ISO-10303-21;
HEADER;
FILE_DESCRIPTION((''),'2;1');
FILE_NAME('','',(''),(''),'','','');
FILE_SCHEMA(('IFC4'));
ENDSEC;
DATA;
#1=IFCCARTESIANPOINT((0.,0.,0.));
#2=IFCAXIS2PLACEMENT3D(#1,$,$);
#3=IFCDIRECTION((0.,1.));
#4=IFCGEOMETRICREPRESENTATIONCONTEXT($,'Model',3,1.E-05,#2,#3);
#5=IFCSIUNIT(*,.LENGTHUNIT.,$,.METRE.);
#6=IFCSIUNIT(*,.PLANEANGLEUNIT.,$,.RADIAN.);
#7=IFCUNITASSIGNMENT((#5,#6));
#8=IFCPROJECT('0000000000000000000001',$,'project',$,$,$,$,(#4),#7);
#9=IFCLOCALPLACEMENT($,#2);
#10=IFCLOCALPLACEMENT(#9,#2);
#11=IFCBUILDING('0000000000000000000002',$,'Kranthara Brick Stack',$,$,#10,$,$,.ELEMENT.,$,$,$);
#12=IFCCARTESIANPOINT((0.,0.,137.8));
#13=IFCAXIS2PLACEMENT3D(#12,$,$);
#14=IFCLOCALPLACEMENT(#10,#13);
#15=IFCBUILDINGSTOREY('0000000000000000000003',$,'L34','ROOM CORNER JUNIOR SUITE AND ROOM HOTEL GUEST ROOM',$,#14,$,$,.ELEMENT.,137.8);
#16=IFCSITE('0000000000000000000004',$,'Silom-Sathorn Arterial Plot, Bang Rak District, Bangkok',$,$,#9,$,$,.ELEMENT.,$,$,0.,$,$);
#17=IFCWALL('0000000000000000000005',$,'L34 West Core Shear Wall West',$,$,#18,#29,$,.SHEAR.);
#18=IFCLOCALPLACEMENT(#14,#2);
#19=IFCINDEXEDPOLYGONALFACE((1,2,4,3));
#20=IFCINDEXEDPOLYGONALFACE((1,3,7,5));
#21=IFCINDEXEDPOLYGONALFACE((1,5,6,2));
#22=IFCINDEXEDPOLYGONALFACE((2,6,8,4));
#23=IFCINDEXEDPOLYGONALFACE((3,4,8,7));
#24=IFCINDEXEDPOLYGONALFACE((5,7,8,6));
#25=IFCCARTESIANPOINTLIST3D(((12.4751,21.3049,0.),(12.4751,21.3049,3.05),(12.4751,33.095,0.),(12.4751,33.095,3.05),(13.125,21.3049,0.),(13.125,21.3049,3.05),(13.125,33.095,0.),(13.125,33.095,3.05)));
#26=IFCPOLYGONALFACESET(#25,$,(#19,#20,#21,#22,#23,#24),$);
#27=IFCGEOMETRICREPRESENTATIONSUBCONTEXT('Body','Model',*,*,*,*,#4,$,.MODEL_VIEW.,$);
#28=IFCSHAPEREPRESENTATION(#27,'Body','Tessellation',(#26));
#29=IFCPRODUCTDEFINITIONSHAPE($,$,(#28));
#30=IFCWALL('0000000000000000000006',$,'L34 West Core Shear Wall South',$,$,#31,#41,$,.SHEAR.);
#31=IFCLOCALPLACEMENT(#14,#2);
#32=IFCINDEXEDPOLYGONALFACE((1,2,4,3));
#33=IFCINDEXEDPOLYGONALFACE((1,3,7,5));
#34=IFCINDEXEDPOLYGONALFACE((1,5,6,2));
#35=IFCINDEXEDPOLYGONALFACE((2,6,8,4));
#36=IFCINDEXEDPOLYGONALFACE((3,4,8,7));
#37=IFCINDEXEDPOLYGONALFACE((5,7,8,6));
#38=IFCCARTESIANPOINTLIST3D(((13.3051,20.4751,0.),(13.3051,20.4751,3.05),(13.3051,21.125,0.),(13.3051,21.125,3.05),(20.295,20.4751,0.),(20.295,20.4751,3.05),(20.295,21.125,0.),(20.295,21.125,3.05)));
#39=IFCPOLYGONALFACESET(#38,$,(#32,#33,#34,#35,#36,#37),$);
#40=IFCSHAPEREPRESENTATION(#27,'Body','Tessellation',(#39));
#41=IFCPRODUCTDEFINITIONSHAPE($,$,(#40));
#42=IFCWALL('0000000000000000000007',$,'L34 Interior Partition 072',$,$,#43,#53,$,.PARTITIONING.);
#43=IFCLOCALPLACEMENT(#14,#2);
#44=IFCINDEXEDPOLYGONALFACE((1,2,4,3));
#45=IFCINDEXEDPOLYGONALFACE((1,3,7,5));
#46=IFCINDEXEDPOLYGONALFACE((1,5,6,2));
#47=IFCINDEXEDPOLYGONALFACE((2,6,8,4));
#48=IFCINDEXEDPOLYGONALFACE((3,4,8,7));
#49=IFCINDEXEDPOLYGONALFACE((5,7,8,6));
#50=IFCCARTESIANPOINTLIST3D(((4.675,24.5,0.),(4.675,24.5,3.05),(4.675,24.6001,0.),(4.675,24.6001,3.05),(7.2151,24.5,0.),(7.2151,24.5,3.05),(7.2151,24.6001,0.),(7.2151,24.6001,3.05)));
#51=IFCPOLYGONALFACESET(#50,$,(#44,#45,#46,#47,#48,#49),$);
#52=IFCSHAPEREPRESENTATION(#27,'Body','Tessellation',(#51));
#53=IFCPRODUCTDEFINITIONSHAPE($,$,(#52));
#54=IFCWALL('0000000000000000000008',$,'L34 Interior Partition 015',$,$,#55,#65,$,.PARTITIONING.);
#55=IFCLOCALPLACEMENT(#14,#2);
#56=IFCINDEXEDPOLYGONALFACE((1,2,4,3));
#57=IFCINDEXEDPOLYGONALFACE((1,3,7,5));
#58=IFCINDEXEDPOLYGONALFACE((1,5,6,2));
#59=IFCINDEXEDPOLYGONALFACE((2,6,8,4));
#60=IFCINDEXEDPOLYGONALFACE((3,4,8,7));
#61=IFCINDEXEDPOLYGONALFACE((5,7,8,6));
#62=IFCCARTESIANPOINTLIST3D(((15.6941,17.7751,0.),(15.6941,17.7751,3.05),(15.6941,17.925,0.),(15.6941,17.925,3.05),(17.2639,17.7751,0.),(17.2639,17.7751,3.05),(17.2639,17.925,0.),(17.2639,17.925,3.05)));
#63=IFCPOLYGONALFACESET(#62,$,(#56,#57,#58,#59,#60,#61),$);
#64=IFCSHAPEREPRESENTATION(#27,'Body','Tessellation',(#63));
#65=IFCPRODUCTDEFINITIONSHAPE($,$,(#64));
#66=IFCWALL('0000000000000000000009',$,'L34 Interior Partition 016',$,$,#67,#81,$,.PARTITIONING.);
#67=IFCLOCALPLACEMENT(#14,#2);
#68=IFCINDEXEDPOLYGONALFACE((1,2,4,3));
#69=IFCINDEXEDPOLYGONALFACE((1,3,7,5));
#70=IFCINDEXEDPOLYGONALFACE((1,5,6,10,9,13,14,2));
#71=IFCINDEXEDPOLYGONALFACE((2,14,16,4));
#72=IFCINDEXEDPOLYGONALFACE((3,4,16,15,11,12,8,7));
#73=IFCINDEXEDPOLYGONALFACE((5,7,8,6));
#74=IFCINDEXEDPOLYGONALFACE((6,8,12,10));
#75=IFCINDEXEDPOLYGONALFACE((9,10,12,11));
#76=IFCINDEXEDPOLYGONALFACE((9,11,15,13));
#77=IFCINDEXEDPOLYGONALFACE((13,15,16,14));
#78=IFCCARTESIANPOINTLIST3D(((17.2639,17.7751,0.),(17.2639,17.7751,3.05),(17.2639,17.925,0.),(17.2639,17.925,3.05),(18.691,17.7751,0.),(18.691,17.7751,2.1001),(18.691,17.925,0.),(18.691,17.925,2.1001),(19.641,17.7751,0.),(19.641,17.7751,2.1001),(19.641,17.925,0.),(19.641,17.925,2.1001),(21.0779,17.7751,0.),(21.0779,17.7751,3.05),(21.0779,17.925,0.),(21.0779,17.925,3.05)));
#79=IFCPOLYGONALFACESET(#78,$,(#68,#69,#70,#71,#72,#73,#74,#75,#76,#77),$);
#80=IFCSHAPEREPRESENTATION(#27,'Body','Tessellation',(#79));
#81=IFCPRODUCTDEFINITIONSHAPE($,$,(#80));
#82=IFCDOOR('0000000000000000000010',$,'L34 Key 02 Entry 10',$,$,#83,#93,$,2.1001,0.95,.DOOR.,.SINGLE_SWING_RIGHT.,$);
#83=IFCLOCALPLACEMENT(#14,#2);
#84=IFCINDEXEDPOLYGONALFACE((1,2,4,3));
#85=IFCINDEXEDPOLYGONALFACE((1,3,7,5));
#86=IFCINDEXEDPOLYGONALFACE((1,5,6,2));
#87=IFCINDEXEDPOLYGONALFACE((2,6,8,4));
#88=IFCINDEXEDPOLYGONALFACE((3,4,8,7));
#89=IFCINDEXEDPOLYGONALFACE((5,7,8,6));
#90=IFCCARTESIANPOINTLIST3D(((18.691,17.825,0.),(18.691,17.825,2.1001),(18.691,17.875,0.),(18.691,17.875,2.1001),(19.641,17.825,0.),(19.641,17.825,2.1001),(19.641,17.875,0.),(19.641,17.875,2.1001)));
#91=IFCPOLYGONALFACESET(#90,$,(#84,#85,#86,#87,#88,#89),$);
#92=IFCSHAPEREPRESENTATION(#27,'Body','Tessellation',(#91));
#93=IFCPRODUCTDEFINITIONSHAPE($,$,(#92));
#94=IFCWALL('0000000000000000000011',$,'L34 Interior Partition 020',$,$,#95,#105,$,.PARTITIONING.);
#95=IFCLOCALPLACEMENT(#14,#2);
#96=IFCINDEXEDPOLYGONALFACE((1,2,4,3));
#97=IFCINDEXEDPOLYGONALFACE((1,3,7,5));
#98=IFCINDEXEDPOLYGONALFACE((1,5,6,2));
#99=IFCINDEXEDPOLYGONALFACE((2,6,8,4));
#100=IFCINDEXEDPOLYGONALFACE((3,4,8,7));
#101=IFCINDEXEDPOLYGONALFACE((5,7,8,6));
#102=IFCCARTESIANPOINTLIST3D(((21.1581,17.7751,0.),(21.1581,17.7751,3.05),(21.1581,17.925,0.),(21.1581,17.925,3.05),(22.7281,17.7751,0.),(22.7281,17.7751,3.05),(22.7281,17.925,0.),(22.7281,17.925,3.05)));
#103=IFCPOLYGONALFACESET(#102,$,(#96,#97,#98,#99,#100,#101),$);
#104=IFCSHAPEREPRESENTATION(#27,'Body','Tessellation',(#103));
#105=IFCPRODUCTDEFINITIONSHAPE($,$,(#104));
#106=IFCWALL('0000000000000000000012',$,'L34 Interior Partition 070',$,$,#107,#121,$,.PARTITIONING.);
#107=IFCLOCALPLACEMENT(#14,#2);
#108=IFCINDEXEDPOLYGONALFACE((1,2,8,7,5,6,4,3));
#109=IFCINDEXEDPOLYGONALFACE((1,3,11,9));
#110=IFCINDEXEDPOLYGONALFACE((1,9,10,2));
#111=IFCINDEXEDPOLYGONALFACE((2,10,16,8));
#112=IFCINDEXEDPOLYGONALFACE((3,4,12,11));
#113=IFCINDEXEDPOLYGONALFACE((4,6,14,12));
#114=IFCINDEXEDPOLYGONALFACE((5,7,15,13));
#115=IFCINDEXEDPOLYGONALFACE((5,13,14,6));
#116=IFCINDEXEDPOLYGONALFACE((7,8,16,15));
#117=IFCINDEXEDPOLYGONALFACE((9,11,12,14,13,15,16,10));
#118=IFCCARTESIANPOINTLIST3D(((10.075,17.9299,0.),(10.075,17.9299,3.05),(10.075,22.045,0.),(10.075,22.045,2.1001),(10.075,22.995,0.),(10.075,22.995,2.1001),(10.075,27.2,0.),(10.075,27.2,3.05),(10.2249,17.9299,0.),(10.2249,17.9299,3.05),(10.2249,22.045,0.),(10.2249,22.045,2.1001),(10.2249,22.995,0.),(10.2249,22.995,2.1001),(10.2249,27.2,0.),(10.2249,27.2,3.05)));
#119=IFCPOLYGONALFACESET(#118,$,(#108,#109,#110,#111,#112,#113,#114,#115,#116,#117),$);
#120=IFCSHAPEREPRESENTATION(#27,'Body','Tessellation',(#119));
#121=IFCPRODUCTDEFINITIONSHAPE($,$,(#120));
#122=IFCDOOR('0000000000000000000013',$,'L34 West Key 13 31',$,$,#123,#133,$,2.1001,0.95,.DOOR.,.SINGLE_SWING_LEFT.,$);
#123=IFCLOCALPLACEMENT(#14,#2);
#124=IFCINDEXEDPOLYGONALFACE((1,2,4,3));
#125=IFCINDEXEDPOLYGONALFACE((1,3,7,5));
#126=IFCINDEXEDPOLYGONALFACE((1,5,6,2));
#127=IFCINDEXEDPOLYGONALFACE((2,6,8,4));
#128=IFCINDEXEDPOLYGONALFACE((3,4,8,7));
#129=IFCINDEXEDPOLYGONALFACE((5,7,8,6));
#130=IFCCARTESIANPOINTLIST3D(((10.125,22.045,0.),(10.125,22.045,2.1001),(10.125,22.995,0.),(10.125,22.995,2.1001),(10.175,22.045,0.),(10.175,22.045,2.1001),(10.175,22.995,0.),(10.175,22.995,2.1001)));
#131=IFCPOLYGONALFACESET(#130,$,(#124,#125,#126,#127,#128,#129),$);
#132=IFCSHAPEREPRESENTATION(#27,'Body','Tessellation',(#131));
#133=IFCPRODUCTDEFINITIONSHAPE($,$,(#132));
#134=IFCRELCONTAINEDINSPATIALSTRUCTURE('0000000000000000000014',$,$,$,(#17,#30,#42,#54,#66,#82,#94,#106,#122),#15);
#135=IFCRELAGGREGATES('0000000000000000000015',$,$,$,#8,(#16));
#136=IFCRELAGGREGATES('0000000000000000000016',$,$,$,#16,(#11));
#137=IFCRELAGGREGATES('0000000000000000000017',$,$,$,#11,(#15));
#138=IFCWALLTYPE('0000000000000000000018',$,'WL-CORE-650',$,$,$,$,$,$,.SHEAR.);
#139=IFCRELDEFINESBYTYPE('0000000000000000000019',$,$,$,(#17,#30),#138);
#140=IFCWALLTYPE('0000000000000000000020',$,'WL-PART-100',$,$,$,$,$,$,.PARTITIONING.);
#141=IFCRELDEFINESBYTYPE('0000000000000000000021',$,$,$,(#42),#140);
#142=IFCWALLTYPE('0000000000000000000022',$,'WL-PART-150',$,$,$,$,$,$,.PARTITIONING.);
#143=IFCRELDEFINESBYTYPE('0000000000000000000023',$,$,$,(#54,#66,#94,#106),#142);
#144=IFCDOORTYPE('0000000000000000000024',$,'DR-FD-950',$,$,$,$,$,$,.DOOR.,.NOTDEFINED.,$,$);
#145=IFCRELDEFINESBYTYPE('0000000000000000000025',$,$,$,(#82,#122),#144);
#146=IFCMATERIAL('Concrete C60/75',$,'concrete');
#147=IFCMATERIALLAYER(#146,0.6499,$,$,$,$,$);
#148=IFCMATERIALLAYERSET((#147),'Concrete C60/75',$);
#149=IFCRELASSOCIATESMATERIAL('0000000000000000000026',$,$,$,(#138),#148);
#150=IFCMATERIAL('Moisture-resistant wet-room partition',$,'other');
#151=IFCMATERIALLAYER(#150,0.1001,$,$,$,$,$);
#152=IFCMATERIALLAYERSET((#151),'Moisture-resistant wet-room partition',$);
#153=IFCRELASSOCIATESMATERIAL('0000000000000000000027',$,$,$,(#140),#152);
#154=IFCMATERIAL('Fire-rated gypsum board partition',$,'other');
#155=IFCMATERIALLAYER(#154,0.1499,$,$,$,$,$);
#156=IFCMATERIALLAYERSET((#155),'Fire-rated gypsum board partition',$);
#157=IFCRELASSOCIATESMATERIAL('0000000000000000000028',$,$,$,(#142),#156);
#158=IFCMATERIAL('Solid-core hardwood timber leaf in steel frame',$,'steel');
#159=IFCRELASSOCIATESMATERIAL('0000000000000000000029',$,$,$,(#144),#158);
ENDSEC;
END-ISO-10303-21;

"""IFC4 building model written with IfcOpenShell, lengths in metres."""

from ifc_helpers import new_model, si_unit, direction, frame, frame_2d, origin, place, context, subcontext, project, spatial, rectangle, extrude, material, layer, layer_set, type_object, element, fill, save


model = new_model("IFC4")

# Units and contexts
model_context = context("Model", 3, precision=1e-05, world=origin(), true_north=direction((0.0, 1.0)))
body_context = subcontext(model_context, "Body", "Model", "MODEL_VIEW")
ifc_project = project(units=[si_unit("LENGTHUNIT", "METRE"), si_unit("PLANEANGLEUNIT", "RADIAN")], contexts=[model_context])

# Site, building, storey
site_placement = place(None, origin())
site = spatial("IfcSite", under=ifc_project, at=site_placement, Name="Silom-Sathorn Arterial Plot, Bang Rak District, Bangkok", CompositionType="ELEMENT", RefElevation=0.0)
building_placement = place(site_placement, origin())
building = spatial("IfcBuilding", under=site, at=building_placement, Name="Kranthara Brick Stack", CompositionType="ELEMENT")
storey_placement = place(building_placement, frame((0.0, 0.0, 137.8)))
storey = spatial("IfcBuildingStorey", under=building, at=storey_placement, Name="L34", Description="ROOM CORNER JUNIOR SUITE AND ROOM HOTEL GUEST ROOM", CompositionType="ELEMENT", Elevation=137.8)

# Walls
ifc_material_1 = material(Name="Concrete C60/75", Category="concrete")
ifc_layer_1 = layer(ifc_material_1, 0.6499)
ifc_layer_set_1 = layer_set([ifc_layer_1], Name="Concrete C60/75")
wall_type_1 = type_object("IfcWallType", Name="WL-CORE-650", PredefinedType="SHEAR", material=ifc_layer_set_1)
wall_1_placement = place(storey_placement, frame((12.8, 21.3049, 0.0), z_axis=(0.0, 0.0, 1.0), x_axis=(0.0, 1.0, 0.0)))
element("IfcWall", 1, at=wall_1_placement, inside=storey, type_object=wall_type_1, Name="L34 West Core Shear Wall West", PredefinedType="SHEAR", context=body_context, shape_type="SweptSolid", body=[
    extrude(rectangle(XDim=11.79, YDim=0.6499, at=frame_2d((5.895, 0.0))), origin(), (0.0, 0.0, 1.0), 3.05),
])
wall_2_placement = place(storey_placement, frame((13.3049, 20.8, 0.0), z_axis=(0.0, 0.0, 1.0), x_axis=(1.0, 0.0, 0.0)))
element("IfcWall", 2, at=wall_2_placement, inside=storey, type_object=wall_type_1, Name="L34 West Core Shear Wall South", PredefinedType="SHEAR", context=body_context, shape_type="SweptSolid", body=[
    extrude(rectangle(XDim=6.99, YDim=0.6499, at=frame_2d((3.4951, 0.0))), origin(), (0.0, 0.0, 1.0), 3.05),
])

# Walls
ifc_material_2 = material(Name="Moisture-resistant wet-room partition", Category="other")
ifc_layer_2 = layer(ifc_material_2, 0.1001)
ifc_layer_set_2 = layer_set([ifc_layer_2], Name="Moisture-resistant wet-room partition")
wall_type_2 = type_object("IfcWallType", Name="WL-PART-100", PredefinedType="PARTITIONING", material=ifc_layer_set_2)
wall_3_placement = place(storey_placement, frame((4.675, 24.55, 0.0), z_axis=(0.0, 0.0, 1.0), x_axis=(1.0, 0.0, 0.0)))
element("IfcWall", 3, at=wall_3_placement, inside=storey, type_object=wall_type_2, Name="L34 Interior Partition 072", PredefinedType="PARTITIONING", context=body_context, shape_type="SweptSolid", body=[
    extrude(rectangle(XDim=2.54, YDim=0.1001, at=frame_2d((1.27, 0.0))), origin(), (0.0, 0.0, 1.0), 3.05),
])
ifc_material_3 = material(Name="Fire-rated gypsum board partition", Category="other")
ifc_layer_3 = layer(ifc_material_3, 0.1499)
ifc_layer_set_3 = layer_set([ifc_layer_3], Name="Fire-rated gypsum board partition")
wall_type_3 = type_object("IfcWallType", Name="WL-PART-150", PredefinedType="PARTITIONING", material=ifc_layer_set_3)
wall_4_placement = place(storey_placement, frame((15.6941, 17.8501, 0.0), z_axis=(0.0, 0.0, 1.0), x_axis=(1.0, 0.0, 0.0)))
element("IfcWall", 4, at=wall_4_placement, inside=storey, type_object=wall_type_3, Name="L34 Interior Partition 015", PredefinedType="PARTITIONING", context=body_context, shape_type="SweptSolid", body=[
    extrude(rectangle(XDim=1.5698, YDim=0.1499, at=frame_2d((0.7849, 0.0))), origin(), (0.0, 0.0, 1.0), 3.05),
])

# Wall, opening, door
wall_5_placement = place(storey_placement, frame((17.2639, 17.8501, 0.0), z_axis=(0.0, 0.0, 1.0), x_axis=(1.0, 0.0, 0.0)))
wall_5 = element("IfcWall", 5, at=wall_5_placement, inside=storey, type_object=wall_type_3, Name="L34 Interior Partition 016", PredefinedType="PARTITIONING", context=body_context, shape_type="SweptSolid", body=[
    extrude(rectangle(XDim=3.814, YDim=0.1499, at=frame_2d((1.907, 0.0))), origin(), (0.0, 0.0, 1.0), 3.05),
])
opening_1_placement = place(wall_5_placement, frame((1.427, 0.0, 0.0)))
opening_1 = element("IfcOpeningElement", 6, at=opening_1_placement, cuts=wall_5, PredefinedType="OPENING", context=body_context, shape_type="SweptSolid", body=[
    extrude(rectangle(XDim=0.95, YDim=2.1001, at=frame_2d((0.4751, 1.05))), frame((0.0, 0.085, 0.0), z_axis=(0.0, -1.0, 0.0), x_axis=(1.0, 0.0, 0.0)), (0.0, 0.0, 1.0), 0.1699),
])
ifc_material_4 = material(Name="Solid-core hardwood timber leaf in steel frame", Category="steel")
door_type_1 = type_object("IfcDoorType", Name="DR-FD-950", OperationType="NOTDEFINED", PredefinedType="DOOR", material=ifc_material_4)
door_1_placement = place(opening_1_placement, origin())
door_1 = element("IfcDoor", 7, at=door_1_placement, inside=storey, type_object=door_type_1, Name="L34 Key 02 Entry 10", OperationType="SINGLE_SWING_RIGHT", OverallHeight=2.1001, OverallWidth=0.95, PredefinedType="DOOR", context=body_context, shape_type="SweptSolid", body=[
    extrude(rectangle(XDim=0.95, YDim=2.1001, at=frame_2d((0.4751, 1.05))), frame((0.0, 0.0249, 0.0), z_axis=(0.0, -1.0, 0.0), x_axis=(1.0, 0.0, 0.0)), (0.0, 0.0, 1.0), 0.05),
])
fill(opening_1, door_1)

# Wall
wall_6_placement = place(storey_placement, frame((21.158, 17.8501, 0.0), z_axis=(0.0, 0.0, 1.0), x_axis=(1.0, 0.0, 0.0)))
element("IfcWall", 8, at=wall_6_placement, inside=storey, type_object=wall_type_3, Name="L34 Interior Partition 020", PredefinedType="PARTITIONING", context=body_context, shape_type="SweptSolid", body=[
    extrude(rectangle(XDim=1.5701, YDim=0.1499, at=frame_2d((0.7852, 0.0))), origin(), (0.0, 0.0, 1.0), 3.05),
])

# Wall, opening, door
wall_7_placement = place(storey_placement, frame((10.1499, 17.9299, 0.0), z_axis=(0.0, 0.0, 1.0), x_axis=(0.0, 1.0, 0.0)))
wall_7 = element("IfcWall", 9, at=wall_7_placement, inside=storey, type_object=wall_type_3, Name="L34 Interior Partition 070", PredefinedType="PARTITIONING", context=body_context, shape_type="SweptSolid", body=[
    extrude(rectangle(XDim=9.27, YDim=0.1499, at=frame_2d((4.635, 0.0))), origin(), (0.0, 0.0, 1.0), 3.05),
])
opening_2_placement = place(wall_7_placement, frame((4.115, 0.0, 0.0)))
opening_2 = element("IfcOpeningElement", 10, at=opening_2_placement, cuts=wall_7, PredefinedType="OPENING", context=body_context, shape_type="SweptSolid", body=[
    extrude(rectangle(XDim=0.95, YDim=2.1001, at=frame_2d((0.4751, 1.05))), frame((0.0, 0.085, 0.0), z_axis=(0.0, -1.0, 0.0), x_axis=(1.0, 0.0, 0.0)), (0.0, 0.0, 1.0), 0.1699),
])
door_2_placement = place(opening_2_placement, origin())
door_2 = element("IfcDoor", 11, at=door_2_placement, inside=storey, type_object=door_type_1, Name="L34 West Key 13 31", OperationType="SINGLE_SWING_LEFT", OverallHeight=2.1001, OverallWidth=0.95, PredefinedType="DOOR", context=body_context, shape_type="SweptSolid", body=[
    extrude(rectangle(XDim=0.95, YDim=2.1001, at=frame_2d((0.4751, 1.05))), frame((0.0, 0.0249, 0.0), z_axis=(0.0, -1.0, 0.0), x_axis=(1.0, 0.0, 0.0)), (0.0, 0.0, 1.0), 0.05),
])
fill(opening_2, door_2)

save(model, "model.ifc")
